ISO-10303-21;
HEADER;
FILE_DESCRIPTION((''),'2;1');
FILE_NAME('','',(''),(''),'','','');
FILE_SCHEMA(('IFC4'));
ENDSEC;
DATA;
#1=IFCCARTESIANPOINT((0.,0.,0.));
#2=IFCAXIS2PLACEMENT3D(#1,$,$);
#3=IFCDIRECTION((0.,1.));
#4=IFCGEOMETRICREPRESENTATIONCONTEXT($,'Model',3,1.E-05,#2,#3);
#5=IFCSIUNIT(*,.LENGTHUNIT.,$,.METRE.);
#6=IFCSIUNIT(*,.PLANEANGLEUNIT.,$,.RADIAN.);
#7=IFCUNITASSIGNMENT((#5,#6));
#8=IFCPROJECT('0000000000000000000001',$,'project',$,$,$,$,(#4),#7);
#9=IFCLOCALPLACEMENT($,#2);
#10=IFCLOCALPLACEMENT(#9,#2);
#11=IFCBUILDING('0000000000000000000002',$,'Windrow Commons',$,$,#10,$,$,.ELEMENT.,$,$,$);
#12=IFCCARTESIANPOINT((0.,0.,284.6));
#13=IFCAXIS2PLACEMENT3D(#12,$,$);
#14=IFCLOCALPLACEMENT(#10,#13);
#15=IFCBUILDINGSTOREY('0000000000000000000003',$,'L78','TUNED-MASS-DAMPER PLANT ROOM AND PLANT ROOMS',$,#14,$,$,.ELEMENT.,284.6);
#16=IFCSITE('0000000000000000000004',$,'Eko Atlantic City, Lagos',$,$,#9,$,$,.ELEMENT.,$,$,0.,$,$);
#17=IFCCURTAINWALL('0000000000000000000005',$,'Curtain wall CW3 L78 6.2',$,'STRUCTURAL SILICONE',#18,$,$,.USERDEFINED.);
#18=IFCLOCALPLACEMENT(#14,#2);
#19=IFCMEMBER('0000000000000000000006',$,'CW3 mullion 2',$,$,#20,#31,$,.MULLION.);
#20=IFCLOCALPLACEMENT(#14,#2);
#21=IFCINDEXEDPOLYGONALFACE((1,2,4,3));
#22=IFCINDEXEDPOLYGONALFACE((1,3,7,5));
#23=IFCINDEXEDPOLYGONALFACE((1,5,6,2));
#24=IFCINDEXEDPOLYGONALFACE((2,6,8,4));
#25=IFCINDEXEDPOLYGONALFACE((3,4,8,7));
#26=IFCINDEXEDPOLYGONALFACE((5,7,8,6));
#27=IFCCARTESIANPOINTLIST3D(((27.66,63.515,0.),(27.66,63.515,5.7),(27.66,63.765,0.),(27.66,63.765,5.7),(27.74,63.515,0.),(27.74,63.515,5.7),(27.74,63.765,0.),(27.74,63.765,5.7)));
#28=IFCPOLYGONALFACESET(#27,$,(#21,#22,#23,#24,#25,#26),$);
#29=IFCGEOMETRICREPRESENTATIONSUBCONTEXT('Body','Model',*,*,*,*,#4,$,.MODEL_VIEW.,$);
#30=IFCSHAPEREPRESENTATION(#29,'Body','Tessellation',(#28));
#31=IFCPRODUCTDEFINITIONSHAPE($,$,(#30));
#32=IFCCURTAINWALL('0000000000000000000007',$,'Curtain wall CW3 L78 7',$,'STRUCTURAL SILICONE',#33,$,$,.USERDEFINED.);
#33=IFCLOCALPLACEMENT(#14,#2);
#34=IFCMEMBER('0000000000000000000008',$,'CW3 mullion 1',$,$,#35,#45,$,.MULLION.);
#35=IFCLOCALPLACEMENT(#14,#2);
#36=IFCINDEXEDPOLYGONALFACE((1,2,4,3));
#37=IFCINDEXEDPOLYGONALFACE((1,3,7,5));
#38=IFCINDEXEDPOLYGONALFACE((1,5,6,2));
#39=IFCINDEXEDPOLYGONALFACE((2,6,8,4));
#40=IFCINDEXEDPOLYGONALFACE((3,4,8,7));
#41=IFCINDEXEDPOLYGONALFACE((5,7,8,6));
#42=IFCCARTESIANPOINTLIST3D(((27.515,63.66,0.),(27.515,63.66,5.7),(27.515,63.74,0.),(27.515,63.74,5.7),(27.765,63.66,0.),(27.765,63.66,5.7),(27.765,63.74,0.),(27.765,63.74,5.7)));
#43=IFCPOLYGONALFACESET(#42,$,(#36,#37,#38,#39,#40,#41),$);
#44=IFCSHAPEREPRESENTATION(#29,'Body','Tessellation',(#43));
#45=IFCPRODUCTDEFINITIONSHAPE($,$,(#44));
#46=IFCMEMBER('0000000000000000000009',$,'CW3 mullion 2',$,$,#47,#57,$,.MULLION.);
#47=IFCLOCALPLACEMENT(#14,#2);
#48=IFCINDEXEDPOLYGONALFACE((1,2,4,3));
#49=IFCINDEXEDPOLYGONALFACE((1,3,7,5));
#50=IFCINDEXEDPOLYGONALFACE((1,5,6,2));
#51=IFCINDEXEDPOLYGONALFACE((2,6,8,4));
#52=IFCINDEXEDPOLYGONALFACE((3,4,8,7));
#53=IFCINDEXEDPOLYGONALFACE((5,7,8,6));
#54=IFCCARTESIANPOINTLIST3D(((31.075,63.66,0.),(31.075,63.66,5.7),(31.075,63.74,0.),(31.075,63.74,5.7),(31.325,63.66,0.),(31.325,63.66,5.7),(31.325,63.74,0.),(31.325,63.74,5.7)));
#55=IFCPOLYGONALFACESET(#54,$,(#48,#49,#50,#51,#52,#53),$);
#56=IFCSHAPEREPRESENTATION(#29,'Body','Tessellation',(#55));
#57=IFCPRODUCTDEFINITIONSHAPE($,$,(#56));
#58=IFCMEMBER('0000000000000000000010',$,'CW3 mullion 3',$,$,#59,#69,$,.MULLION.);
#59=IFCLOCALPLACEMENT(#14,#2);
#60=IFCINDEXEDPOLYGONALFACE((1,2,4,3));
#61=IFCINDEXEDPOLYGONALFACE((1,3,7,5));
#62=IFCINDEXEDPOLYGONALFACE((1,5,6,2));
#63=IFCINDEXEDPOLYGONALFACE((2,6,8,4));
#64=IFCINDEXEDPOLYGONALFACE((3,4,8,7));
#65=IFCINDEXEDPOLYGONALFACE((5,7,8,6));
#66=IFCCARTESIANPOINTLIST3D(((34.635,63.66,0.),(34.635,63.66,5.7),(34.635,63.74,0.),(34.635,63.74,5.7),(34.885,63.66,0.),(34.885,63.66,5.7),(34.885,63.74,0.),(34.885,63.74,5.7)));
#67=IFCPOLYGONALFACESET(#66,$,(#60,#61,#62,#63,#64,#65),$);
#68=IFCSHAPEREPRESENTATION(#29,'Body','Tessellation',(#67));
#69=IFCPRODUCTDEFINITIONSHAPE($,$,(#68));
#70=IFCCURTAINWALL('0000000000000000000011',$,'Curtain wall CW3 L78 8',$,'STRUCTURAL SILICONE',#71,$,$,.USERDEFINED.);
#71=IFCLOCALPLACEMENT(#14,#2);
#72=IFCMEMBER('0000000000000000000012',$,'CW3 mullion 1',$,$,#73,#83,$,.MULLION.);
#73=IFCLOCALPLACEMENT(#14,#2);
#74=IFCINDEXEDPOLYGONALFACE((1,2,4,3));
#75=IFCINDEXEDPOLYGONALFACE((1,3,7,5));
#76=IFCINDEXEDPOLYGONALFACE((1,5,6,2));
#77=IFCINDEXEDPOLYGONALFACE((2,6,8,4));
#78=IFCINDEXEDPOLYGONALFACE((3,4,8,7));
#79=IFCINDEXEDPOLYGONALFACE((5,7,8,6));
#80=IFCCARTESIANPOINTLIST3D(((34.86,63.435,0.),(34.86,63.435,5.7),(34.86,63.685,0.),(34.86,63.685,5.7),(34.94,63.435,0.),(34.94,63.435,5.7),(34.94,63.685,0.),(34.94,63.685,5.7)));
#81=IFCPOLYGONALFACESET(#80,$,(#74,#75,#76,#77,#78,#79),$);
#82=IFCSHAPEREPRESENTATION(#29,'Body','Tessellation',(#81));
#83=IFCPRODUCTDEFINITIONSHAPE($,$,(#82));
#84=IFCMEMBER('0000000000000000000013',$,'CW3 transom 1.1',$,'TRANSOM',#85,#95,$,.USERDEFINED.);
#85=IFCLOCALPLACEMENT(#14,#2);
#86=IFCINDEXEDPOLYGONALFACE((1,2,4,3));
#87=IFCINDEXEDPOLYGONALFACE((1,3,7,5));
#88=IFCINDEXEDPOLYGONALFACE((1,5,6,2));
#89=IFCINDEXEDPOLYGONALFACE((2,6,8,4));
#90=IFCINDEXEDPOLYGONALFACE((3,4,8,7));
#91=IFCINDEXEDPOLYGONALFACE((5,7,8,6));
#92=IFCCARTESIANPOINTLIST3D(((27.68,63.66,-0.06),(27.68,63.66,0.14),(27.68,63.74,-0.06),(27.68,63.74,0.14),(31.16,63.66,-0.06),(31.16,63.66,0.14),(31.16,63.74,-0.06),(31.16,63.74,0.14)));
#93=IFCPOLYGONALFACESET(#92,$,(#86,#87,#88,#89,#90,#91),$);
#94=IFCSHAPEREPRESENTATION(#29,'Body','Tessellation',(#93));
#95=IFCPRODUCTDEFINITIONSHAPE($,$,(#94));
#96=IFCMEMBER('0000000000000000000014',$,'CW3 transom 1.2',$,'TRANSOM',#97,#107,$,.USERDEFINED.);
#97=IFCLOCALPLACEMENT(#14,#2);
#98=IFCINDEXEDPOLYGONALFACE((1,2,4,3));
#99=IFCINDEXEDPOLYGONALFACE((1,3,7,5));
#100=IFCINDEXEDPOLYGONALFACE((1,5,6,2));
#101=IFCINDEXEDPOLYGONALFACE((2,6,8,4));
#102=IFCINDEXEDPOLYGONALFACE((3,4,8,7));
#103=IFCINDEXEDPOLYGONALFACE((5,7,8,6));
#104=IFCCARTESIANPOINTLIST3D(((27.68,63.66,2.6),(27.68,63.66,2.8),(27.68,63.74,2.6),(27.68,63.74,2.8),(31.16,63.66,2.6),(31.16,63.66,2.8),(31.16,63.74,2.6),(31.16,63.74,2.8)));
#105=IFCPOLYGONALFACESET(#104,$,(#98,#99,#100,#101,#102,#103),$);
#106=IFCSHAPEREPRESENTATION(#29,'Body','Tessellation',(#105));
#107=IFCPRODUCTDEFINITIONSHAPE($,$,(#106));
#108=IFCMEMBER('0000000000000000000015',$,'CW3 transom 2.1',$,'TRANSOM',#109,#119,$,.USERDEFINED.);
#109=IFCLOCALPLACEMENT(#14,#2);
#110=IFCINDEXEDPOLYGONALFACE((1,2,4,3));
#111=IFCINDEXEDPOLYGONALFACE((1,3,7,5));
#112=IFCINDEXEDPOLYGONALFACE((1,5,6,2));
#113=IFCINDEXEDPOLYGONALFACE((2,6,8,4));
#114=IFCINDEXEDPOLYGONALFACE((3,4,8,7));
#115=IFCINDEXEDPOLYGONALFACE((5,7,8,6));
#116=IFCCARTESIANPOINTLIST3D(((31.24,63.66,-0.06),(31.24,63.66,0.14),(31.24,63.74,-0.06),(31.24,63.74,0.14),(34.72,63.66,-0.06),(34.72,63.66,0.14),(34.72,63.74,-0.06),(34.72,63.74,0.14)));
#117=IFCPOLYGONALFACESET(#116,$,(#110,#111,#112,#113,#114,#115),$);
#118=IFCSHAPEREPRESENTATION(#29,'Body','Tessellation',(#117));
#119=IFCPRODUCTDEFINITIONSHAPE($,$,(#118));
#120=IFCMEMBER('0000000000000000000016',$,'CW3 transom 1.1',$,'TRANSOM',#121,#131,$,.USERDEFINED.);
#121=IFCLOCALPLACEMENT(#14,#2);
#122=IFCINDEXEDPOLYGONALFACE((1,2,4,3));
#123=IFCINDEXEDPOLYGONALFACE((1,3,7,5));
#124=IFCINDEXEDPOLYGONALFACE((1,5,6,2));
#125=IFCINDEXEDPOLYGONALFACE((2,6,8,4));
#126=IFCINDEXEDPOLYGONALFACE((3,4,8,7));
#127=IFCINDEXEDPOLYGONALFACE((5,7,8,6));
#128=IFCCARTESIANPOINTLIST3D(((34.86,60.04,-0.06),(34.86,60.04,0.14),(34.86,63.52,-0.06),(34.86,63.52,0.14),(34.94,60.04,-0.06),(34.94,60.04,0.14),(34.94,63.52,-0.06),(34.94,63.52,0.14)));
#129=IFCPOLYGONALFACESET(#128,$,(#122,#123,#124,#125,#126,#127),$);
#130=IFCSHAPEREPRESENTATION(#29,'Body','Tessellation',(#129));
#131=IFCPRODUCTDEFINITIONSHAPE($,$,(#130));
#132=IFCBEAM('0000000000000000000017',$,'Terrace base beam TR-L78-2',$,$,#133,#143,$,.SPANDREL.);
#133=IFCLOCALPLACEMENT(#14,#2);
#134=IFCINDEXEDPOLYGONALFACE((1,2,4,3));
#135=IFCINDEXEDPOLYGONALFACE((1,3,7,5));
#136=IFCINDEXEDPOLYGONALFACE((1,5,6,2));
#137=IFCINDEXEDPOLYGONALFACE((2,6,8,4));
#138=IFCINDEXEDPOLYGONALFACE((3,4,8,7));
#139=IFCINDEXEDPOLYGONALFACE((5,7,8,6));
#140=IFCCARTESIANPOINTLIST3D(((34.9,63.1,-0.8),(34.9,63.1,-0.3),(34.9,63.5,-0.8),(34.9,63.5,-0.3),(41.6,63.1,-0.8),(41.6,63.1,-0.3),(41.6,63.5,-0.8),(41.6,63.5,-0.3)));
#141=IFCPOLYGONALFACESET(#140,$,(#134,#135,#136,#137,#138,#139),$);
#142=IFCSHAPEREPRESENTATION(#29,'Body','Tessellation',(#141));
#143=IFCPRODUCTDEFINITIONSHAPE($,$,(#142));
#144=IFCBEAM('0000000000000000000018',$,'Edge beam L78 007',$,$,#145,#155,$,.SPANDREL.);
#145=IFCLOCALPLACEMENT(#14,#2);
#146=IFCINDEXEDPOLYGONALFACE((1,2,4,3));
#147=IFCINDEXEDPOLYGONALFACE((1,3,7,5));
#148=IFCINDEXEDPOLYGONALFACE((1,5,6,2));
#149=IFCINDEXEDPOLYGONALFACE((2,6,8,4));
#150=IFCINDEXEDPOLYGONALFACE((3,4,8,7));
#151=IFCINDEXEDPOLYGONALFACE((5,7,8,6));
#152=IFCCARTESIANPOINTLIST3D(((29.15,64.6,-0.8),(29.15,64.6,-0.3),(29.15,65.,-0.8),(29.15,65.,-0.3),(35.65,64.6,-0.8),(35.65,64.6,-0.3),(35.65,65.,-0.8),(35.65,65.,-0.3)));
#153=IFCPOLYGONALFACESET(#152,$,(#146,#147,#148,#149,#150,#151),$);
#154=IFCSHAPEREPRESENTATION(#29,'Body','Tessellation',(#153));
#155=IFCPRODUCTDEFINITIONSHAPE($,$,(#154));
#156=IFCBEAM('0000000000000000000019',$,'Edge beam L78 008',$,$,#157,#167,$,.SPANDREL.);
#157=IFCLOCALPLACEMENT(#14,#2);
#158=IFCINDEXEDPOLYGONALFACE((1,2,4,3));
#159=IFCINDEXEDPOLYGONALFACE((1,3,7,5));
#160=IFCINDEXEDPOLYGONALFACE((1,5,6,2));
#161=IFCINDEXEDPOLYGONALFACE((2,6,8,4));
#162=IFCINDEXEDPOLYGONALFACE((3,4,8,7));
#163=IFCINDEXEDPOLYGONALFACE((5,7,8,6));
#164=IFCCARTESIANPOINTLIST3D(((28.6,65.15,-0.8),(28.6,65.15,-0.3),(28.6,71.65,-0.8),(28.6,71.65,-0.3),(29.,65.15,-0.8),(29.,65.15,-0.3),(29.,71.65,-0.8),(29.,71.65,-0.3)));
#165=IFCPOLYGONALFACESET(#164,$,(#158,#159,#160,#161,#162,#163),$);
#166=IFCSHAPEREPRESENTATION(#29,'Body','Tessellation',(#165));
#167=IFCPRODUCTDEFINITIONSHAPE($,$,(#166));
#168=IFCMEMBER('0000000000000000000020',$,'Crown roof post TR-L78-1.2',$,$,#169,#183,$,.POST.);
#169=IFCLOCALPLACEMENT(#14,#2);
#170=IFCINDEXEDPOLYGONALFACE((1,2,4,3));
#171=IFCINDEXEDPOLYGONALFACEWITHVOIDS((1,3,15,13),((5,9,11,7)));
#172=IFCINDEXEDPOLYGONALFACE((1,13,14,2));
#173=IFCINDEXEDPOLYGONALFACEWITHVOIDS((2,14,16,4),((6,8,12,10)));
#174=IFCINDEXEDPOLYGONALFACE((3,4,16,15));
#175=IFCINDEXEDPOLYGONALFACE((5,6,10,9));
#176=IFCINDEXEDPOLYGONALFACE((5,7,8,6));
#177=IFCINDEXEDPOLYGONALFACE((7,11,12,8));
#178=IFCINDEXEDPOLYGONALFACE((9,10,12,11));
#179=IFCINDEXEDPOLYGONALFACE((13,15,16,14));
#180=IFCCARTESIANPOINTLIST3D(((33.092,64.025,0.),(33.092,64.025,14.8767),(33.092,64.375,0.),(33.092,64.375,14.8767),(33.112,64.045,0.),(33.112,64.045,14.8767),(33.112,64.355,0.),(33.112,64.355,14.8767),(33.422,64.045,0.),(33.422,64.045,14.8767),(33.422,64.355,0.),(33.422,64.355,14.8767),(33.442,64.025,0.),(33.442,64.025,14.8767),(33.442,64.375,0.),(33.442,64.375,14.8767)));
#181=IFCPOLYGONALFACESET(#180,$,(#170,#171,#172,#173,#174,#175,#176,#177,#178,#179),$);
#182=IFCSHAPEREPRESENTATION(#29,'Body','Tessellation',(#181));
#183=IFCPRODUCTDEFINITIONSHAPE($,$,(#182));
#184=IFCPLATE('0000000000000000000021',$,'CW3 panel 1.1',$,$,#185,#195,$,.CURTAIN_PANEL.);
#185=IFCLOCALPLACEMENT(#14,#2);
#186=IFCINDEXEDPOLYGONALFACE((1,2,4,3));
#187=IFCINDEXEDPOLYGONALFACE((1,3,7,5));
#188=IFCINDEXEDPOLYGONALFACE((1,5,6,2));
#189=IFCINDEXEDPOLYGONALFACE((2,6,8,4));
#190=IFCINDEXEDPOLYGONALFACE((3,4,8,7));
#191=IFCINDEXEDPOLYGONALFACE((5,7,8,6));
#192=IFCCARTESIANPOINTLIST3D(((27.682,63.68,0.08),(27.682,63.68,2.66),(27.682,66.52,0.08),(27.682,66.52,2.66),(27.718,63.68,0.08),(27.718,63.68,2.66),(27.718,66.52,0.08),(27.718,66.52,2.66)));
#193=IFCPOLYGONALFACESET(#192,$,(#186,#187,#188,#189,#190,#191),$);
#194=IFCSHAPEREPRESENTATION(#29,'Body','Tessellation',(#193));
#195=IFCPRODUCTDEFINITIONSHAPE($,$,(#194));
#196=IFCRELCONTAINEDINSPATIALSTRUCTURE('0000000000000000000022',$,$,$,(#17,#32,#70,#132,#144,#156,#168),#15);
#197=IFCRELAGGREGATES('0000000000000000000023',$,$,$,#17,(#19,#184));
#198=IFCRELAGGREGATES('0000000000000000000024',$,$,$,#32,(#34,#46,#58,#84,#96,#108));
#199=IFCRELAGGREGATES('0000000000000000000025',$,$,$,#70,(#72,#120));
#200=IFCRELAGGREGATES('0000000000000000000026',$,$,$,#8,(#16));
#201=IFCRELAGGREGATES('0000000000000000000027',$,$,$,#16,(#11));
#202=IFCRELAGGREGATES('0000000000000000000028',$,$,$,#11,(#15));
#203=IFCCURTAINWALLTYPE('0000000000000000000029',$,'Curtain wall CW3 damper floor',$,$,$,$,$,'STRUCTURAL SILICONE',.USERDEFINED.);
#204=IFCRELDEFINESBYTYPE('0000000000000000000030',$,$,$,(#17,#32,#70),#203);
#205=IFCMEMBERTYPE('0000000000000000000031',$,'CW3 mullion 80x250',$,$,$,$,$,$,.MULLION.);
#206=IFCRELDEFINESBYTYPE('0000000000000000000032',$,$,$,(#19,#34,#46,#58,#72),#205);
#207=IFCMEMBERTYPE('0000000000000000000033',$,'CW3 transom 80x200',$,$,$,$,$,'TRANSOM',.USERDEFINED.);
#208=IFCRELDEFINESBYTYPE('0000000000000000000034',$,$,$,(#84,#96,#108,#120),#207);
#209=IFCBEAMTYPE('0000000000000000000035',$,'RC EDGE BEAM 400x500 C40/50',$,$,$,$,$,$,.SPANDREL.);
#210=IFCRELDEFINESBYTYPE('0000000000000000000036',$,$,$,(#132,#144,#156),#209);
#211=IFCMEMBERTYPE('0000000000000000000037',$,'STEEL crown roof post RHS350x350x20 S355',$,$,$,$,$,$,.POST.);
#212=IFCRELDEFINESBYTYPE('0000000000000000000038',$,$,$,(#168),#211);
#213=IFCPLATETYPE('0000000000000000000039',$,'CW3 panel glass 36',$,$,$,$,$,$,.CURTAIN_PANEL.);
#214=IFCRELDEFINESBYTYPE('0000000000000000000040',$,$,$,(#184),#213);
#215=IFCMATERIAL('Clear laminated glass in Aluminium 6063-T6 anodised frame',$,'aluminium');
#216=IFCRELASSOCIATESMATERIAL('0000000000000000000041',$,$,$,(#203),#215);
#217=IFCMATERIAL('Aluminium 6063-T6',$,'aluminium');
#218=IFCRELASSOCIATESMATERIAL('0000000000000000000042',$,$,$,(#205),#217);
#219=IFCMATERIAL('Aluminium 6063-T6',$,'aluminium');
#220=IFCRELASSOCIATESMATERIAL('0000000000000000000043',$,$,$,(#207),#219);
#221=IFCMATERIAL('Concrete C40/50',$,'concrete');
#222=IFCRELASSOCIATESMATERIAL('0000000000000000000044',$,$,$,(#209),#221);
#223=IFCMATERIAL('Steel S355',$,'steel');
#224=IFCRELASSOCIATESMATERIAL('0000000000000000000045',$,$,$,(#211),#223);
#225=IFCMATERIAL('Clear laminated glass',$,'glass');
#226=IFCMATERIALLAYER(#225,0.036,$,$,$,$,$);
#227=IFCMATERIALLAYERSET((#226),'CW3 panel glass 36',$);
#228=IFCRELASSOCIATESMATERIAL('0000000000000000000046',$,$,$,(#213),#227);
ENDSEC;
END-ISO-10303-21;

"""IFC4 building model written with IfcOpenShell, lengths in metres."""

from ifc_helpers import new_model, si_unit, direction, frame, origin, origin_2d, place, context, subcontext, project, spatial, rectangle, hollow_rectangle, extrude, material, layer, layer_set, material_profile, profile_set, type_object, element, aggregate, save


model = new_model("IFC4")

# Units and contexts
model_context = context("Model", 3, precision=1e-05, world=origin(), true_north=direction((0.0, 1.0)))
body_context = subcontext(model_context, "Body", "Model", "MODEL_VIEW")
ifc_project = project(units=[si_unit("LENGTHUNIT", "METRE"), si_unit("PLANEANGLEUNIT", "RADIAN")], contexts=[model_context])

# Site, building, storey
site_placement = place(None, origin())
site = spatial("IfcSite", under=ifc_project, at=site_placement, Name="Eko Atlantic City, Lagos", CompositionType="ELEMENT", RefElevation=0.0)
building_placement = place(site_placement, origin())
building = spatial("IfcBuilding", under=site, at=building_placement, Name="Windrow Commons", CompositionType="ELEMENT")
storey_placement = place(building_placement, frame((0.0, 0.0, 284.6)))
storey = spatial("IfcBuildingStorey", under=building, at=storey_placement, Name="L78", Description="TUNED-MASS-DAMPER PLANT ROOM AND PLANT ROOMS", CompositionType="ELEMENT", Elevation=284.6)

# Curtain wall, member
ifc_material_1 = material(Name="Clear laminated glass in Aluminium 6063-T6 anodised frame", Category="aluminium")
curtain_wall_type = type_object("IfcCurtainWallType", Name="Curtain wall CW3 damper floor", ElementType="STRUCTURAL SILICONE", PredefinedType="USERDEFINED", material=ifc_material_1)
placement = place(storey_placement, origin())
curtain_wall_1 = element("IfcCurtainWall", 1, at=placement, inside=storey, type_object=curtain_wall_type, Name="Curtain wall CW3 L78 6.2", ObjectType="STRUCTURAL SILICONE", PredefinedType="USERDEFINED")
ifc_material_2 = material(Name="Aluminium 6063-T6", Category="aluminium")
ifc_material_profile_1 = material_profile(ifc_material_2, rectangle(XDim=0.08, YDim=0.25, at=origin_2d()))
ifc_profile_set_1 = profile_set([ifc_material_profile_1], Name="Aluminium 6063-T6")
member_type_1 = type_object("IfcMemberType", Name="CW3 mullion 80x250", PredefinedType="MULLION", material=ifc_profile_set_1)
member_1_placement = place(storey_placement, frame((27.7, 63.64, 0.0), z_axis=(0.0, 0.0, 1.0), x_axis=(1.0, 0.0, 0.0)))
member_1 = element("IfcMember", 2, at=member_1_placement, type_object=member_type_1, Name="CW3 mullion 2", PredefinedType="MULLION", context=body_context, shape_type="SweptSolid", body=[
    extrude(rectangle(XDim=0.08, YDim=0.25, at=origin_2d()), origin(), (0.0, 0.0, 1.0), 5.7),
])

# Curtain wall, members
curtain_wall_2 = element("IfcCurtainWall", 3, at=placement, inside=storey, type_object=curtain_wall_type, Name="Curtain wall CW3 L78 7", ObjectType="STRUCTURAL SILICONE", PredefinedType="USERDEFINED")
member_2_placement = place(storey_placement, frame((27.64, 63.7, 0.0), z_axis=(0.0, 0.0, 1.0), x_axis=(0.0, 1.0, 0.0)))
member_2 = element("IfcMember", 4, at=member_2_placement, type_object=member_type_1, Name="CW3 mullion 1", PredefinedType="MULLION", context=body_context, shape_type="SweptSolid", body=[
    extrude(rectangle(XDim=0.08, YDim=0.25, at=origin_2d()), origin(), (0.0, 0.0, 1.0), 5.7),
])
member_3_placement = place(storey_placement, frame((31.2, 63.7, 0.0), z_axis=(0.0, 0.0, 1.0), x_axis=(0.0, 1.0, 0.0)))
member_3 = element("IfcMember", 5, at=member_3_placement, type_object=member_type_1, Name="CW3 mullion 2", PredefinedType="MULLION", context=body_context, shape_type="SweptSolid", body=[
    extrude(rectangle(XDim=0.08, YDim=0.25, at=origin_2d()), origin(), (0.0, 0.0, 1.0), 5.7),
])
member_4_placement = place(storey_placement, frame((34.76, 63.7, 0.0), z_axis=(0.0, 0.0, 1.0), x_axis=(0.0, 1.0, 0.0)))
member_4 = element("IfcMember", 6, at=member_4_placement, type_object=member_type_1, Name="CW3 mullion 3", PredefinedType="MULLION", context=body_context, shape_type="SweptSolid", body=[
    extrude(rectangle(XDim=0.08, YDim=0.25, at=origin_2d()), origin(), (0.0, 0.0, 1.0), 5.7),
])

# Curtain wall, member
curtain_wall_3 = element("IfcCurtainWall", 7, at=placement, inside=storey, type_object=curtain_wall_type, Name="Curtain wall CW3 L78 8", ObjectType="STRUCTURAL SILICONE", PredefinedType="USERDEFINED")
member_5_placement = place(storey_placement, frame((34.9, 63.56, 0.0), z_axis=(0.0, 0.0, 1.0), x_axis=(1.0, 0.0, 0.0)))
member_5 = element("IfcMember", 8, at=member_5_placement, type_object=member_type_1, Name="CW3 mullion 1", PredefinedType="MULLION", context=body_context, shape_type="SweptSolid", body=[
    extrude(rectangle(XDim=0.08, YDim=0.25, at=origin_2d()), origin(), (0.0, 0.0, 1.0), 5.7),
])

# Members
ifc_material_3 = material(Name="Aluminium 6063-T6", Category="aluminium")
ifc_material_profile_2 = material_profile(ifc_material_3, rectangle(XDim=0.08, YDim=0.2, at=origin_2d()))
ifc_profile_set_2 = profile_set([ifc_material_profile_2], Name="Aluminium 6063-T6")
member_type_2 = type_object("IfcMemberType", Name="CW3 transom 80x200", ElementType="TRANSOM", PredefinedType="USERDEFINED", material=ifc_profile_set_2)
member_6_placement = place(storey_placement, frame((27.68, 63.7, 0.04), z_axis=(1.0, 0.0, 0.0), x_axis=(0.0, 1.0, 0.0)))
member_6 = element("IfcMember", 9, at=member_6_placement, type_object=member_type_2, Name="CW3 transom 1.1", ObjectType="TRANSOM", PredefinedType="USERDEFINED", context=body_context, shape_type="SweptSolid", body=[
    extrude(rectangle(XDim=0.08, YDim=0.2, at=origin_2d()), origin(), (0.0, 0.0, 1.0), 3.48),
])
member_7_placement = place(storey_placement, frame((27.68, 63.7, 2.7), z_axis=(1.0, 0.0, 0.0), x_axis=(0.0, 1.0, 0.0)))
member_7 = element("IfcMember", 10, at=member_7_placement, type_object=member_type_2, Name="CW3 transom 1.2", ObjectType="TRANSOM", PredefinedType="USERDEFINED", context=body_context, shape_type="SweptSolid", body=[
    extrude(rectangle(XDim=0.08, YDim=0.2, at=origin_2d()), origin(), (0.0, 0.0, 1.0), 3.48),
])
member_8_placement = place(storey_placement, frame((31.24, 63.7, 0.04), z_axis=(1.0, 0.0, 0.0), x_axis=(0.0, 1.0, 0.0)))
member_8 = element("IfcMember", 11, at=member_8_placement, type_object=member_type_2, Name="CW3 transom 2.1", ObjectType="TRANSOM", PredefinedType="USERDEFINED", context=body_context, shape_type="SweptSolid", body=[
    extrude(rectangle(XDim=0.08, YDim=0.2, at=origin_2d()), origin(), (0.0, 0.0, 1.0), 3.48),
])
member_9_placement = place(storey_placement, frame((34.9, 63.52, 0.04), z_axis=(0.0, -1.0, 0.0), x_axis=(1.0, 0.0, 0.0)))
member_9 = element("IfcMember", 12, at=member_9_placement, type_object=member_type_2, Name="CW3 transom 1.1", ObjectType="TRANSOM", PredefinedType="USERDEFINED", context=body_context, shape_type="SweptSolid", body=[
    extrude(rectangle(XDim=0.08, YDim=0.2, at=origin_2d()), origin(), (0.0, 0.0, 1.0), 3.48),
])

# Beams
ifc_material_4 = material(Name="Concrete C40/50", Category="concrete")
ifc_material_profile_3 = material_profile(ifc_material_4, rectangle(XDim=0.4, YDim=0.5, at=origin_2d()))
ifc_profile_set_3 = profile_set([ifc_material_profile_3], Name="Concrete C40/50")
beam_type = type_object("IfcBeamType", Name="RC EDGE BEAM 400x500 C40/50", PredefinedType="SPANDREL", material=ifc_profile_set_3)
beam_placement = place(storey_placement, frame((34.9, 63.3, -0.55), z_axis=(1.0, 0.0, 0.0), x_axis=(0.0, 1.0, 0.0)))
element("IfcBeam", 13, at=beam_placement, inside=storey, type_object=beam_type, Name="Terrace base beam TR-L78-2", PredefinedType="SPANDREL", context=body_context, shape_type="SweptSolid", body=[
    extrude(rectangle(XDim=0.4, YDim=0.5, at=origin_2d()), origin(), (0.0, 0.0, 1.0), 6.7),
])
for number, where, z_axis, x_axis, name in (
    (14, (35.65, 64.8, -0.55), (-1.0, 0.0, 0.0), (0.0, -1.0, 0.0), "Edge beam L78 007"),
    (15, (28.8, 65.15, -0.55), (0.0, 1.0, 0.0), (-1.0, 0.0, 0.0), "Edge beam L78 008"),
):
    element("IfcBeam", number, at=place(storey_placement, frame(where, z_axis=z_axis, x_axis=x_axis)), inside=storey, type_object=beam_type, Name=name, PredefinedType="SPANDREL", context=body_context, shape_type="SweptSolid", body=[
        extrude(rectangle(XDim=0.4, YDim=0.5, at=origin_2d()), origin(), (0.0, 0.0, 1.0), 6.5),
    ])

# Member
ifc_material_5 = material(Name="Steel S355", Category="steel")
ifc_material_profile_4 = material_profile(ifc_material_5, hollow_rectangle(XDim=0.35, YDim=0.35, WallThickness=0.02, at=origin_2d()))
ifc_profile_set_4 = profile_set([ifc_material_profile_4], Name="Steel S355")
member_type_3 = type_object("IfcMemberType", Name="STEEL crown roof post RHS350x350x20 S355", PredefinedType="POST", material=ifc_profile_set_4)
member_10_placement = place(storey_placement, frame((33.267, 64.2, 0.0), z_axis=(0.0, 0.0, 1.0), x_axis=(1.0, 0.0, 0.0)))
element("IfcMember", 16, at=member_10_placement, inside=storey, type_object=member_type_3, Name="Crown roof post TR-L78-1.2", PredefinedType="POST", context=body_context, shape_type="SweptSolid", body=[
    extrude(hollow_rectangle(XDim=0.35, YDim=0.35, WallThickness=0.02, at=origin_2d()), origin(), (0.0, 0.0, 1.0), 14.8767),
])

# Plate
ifc_material_6 = material(Name="Clear laminated glass", Category="glass")
ifc_layer_1 = layer(ifc_material_6, 0.036)
ifc_layer_set_1 = layer_set([ifc_layer_1], Name="CW3 panel glass 36")
plate_type = type_object("IfcPlateType", Name="CW3 panel glass 36", PredefinedType="CURTAIN_PANEL", material=ifc_layer_set_1)
plate_1_placement = place(storey_placement, frame((27.7, 65.1, 0.08), z_axis=(0.0, 0.0, 1.0), x_axis=(0.0, -1.0, 0.0)))
plate_1 = element("IfcPlate", 17, at=plate_1_placement, type_object=plate_type, Name="CW3 panel 1.1", PredefinedType="CURTAIN_PANEL", context=body_context, shape_type="SweptSolid", body=[
    extrude(rectangle(XDim=2.84, YDim=0.036, at=origin_2d()), origin(), (0.0, 0.0, 1.0), 2.58),
])
aggregate(curtain_wall_1, [member_1, plate_1])
aggregate(curtain_wall_2, [member_2, member_3, member_4, member_6, member_7, member_8])
aggregate(curtain_wall_3, [member_5, member_9])

save(model, "model.ifc")
